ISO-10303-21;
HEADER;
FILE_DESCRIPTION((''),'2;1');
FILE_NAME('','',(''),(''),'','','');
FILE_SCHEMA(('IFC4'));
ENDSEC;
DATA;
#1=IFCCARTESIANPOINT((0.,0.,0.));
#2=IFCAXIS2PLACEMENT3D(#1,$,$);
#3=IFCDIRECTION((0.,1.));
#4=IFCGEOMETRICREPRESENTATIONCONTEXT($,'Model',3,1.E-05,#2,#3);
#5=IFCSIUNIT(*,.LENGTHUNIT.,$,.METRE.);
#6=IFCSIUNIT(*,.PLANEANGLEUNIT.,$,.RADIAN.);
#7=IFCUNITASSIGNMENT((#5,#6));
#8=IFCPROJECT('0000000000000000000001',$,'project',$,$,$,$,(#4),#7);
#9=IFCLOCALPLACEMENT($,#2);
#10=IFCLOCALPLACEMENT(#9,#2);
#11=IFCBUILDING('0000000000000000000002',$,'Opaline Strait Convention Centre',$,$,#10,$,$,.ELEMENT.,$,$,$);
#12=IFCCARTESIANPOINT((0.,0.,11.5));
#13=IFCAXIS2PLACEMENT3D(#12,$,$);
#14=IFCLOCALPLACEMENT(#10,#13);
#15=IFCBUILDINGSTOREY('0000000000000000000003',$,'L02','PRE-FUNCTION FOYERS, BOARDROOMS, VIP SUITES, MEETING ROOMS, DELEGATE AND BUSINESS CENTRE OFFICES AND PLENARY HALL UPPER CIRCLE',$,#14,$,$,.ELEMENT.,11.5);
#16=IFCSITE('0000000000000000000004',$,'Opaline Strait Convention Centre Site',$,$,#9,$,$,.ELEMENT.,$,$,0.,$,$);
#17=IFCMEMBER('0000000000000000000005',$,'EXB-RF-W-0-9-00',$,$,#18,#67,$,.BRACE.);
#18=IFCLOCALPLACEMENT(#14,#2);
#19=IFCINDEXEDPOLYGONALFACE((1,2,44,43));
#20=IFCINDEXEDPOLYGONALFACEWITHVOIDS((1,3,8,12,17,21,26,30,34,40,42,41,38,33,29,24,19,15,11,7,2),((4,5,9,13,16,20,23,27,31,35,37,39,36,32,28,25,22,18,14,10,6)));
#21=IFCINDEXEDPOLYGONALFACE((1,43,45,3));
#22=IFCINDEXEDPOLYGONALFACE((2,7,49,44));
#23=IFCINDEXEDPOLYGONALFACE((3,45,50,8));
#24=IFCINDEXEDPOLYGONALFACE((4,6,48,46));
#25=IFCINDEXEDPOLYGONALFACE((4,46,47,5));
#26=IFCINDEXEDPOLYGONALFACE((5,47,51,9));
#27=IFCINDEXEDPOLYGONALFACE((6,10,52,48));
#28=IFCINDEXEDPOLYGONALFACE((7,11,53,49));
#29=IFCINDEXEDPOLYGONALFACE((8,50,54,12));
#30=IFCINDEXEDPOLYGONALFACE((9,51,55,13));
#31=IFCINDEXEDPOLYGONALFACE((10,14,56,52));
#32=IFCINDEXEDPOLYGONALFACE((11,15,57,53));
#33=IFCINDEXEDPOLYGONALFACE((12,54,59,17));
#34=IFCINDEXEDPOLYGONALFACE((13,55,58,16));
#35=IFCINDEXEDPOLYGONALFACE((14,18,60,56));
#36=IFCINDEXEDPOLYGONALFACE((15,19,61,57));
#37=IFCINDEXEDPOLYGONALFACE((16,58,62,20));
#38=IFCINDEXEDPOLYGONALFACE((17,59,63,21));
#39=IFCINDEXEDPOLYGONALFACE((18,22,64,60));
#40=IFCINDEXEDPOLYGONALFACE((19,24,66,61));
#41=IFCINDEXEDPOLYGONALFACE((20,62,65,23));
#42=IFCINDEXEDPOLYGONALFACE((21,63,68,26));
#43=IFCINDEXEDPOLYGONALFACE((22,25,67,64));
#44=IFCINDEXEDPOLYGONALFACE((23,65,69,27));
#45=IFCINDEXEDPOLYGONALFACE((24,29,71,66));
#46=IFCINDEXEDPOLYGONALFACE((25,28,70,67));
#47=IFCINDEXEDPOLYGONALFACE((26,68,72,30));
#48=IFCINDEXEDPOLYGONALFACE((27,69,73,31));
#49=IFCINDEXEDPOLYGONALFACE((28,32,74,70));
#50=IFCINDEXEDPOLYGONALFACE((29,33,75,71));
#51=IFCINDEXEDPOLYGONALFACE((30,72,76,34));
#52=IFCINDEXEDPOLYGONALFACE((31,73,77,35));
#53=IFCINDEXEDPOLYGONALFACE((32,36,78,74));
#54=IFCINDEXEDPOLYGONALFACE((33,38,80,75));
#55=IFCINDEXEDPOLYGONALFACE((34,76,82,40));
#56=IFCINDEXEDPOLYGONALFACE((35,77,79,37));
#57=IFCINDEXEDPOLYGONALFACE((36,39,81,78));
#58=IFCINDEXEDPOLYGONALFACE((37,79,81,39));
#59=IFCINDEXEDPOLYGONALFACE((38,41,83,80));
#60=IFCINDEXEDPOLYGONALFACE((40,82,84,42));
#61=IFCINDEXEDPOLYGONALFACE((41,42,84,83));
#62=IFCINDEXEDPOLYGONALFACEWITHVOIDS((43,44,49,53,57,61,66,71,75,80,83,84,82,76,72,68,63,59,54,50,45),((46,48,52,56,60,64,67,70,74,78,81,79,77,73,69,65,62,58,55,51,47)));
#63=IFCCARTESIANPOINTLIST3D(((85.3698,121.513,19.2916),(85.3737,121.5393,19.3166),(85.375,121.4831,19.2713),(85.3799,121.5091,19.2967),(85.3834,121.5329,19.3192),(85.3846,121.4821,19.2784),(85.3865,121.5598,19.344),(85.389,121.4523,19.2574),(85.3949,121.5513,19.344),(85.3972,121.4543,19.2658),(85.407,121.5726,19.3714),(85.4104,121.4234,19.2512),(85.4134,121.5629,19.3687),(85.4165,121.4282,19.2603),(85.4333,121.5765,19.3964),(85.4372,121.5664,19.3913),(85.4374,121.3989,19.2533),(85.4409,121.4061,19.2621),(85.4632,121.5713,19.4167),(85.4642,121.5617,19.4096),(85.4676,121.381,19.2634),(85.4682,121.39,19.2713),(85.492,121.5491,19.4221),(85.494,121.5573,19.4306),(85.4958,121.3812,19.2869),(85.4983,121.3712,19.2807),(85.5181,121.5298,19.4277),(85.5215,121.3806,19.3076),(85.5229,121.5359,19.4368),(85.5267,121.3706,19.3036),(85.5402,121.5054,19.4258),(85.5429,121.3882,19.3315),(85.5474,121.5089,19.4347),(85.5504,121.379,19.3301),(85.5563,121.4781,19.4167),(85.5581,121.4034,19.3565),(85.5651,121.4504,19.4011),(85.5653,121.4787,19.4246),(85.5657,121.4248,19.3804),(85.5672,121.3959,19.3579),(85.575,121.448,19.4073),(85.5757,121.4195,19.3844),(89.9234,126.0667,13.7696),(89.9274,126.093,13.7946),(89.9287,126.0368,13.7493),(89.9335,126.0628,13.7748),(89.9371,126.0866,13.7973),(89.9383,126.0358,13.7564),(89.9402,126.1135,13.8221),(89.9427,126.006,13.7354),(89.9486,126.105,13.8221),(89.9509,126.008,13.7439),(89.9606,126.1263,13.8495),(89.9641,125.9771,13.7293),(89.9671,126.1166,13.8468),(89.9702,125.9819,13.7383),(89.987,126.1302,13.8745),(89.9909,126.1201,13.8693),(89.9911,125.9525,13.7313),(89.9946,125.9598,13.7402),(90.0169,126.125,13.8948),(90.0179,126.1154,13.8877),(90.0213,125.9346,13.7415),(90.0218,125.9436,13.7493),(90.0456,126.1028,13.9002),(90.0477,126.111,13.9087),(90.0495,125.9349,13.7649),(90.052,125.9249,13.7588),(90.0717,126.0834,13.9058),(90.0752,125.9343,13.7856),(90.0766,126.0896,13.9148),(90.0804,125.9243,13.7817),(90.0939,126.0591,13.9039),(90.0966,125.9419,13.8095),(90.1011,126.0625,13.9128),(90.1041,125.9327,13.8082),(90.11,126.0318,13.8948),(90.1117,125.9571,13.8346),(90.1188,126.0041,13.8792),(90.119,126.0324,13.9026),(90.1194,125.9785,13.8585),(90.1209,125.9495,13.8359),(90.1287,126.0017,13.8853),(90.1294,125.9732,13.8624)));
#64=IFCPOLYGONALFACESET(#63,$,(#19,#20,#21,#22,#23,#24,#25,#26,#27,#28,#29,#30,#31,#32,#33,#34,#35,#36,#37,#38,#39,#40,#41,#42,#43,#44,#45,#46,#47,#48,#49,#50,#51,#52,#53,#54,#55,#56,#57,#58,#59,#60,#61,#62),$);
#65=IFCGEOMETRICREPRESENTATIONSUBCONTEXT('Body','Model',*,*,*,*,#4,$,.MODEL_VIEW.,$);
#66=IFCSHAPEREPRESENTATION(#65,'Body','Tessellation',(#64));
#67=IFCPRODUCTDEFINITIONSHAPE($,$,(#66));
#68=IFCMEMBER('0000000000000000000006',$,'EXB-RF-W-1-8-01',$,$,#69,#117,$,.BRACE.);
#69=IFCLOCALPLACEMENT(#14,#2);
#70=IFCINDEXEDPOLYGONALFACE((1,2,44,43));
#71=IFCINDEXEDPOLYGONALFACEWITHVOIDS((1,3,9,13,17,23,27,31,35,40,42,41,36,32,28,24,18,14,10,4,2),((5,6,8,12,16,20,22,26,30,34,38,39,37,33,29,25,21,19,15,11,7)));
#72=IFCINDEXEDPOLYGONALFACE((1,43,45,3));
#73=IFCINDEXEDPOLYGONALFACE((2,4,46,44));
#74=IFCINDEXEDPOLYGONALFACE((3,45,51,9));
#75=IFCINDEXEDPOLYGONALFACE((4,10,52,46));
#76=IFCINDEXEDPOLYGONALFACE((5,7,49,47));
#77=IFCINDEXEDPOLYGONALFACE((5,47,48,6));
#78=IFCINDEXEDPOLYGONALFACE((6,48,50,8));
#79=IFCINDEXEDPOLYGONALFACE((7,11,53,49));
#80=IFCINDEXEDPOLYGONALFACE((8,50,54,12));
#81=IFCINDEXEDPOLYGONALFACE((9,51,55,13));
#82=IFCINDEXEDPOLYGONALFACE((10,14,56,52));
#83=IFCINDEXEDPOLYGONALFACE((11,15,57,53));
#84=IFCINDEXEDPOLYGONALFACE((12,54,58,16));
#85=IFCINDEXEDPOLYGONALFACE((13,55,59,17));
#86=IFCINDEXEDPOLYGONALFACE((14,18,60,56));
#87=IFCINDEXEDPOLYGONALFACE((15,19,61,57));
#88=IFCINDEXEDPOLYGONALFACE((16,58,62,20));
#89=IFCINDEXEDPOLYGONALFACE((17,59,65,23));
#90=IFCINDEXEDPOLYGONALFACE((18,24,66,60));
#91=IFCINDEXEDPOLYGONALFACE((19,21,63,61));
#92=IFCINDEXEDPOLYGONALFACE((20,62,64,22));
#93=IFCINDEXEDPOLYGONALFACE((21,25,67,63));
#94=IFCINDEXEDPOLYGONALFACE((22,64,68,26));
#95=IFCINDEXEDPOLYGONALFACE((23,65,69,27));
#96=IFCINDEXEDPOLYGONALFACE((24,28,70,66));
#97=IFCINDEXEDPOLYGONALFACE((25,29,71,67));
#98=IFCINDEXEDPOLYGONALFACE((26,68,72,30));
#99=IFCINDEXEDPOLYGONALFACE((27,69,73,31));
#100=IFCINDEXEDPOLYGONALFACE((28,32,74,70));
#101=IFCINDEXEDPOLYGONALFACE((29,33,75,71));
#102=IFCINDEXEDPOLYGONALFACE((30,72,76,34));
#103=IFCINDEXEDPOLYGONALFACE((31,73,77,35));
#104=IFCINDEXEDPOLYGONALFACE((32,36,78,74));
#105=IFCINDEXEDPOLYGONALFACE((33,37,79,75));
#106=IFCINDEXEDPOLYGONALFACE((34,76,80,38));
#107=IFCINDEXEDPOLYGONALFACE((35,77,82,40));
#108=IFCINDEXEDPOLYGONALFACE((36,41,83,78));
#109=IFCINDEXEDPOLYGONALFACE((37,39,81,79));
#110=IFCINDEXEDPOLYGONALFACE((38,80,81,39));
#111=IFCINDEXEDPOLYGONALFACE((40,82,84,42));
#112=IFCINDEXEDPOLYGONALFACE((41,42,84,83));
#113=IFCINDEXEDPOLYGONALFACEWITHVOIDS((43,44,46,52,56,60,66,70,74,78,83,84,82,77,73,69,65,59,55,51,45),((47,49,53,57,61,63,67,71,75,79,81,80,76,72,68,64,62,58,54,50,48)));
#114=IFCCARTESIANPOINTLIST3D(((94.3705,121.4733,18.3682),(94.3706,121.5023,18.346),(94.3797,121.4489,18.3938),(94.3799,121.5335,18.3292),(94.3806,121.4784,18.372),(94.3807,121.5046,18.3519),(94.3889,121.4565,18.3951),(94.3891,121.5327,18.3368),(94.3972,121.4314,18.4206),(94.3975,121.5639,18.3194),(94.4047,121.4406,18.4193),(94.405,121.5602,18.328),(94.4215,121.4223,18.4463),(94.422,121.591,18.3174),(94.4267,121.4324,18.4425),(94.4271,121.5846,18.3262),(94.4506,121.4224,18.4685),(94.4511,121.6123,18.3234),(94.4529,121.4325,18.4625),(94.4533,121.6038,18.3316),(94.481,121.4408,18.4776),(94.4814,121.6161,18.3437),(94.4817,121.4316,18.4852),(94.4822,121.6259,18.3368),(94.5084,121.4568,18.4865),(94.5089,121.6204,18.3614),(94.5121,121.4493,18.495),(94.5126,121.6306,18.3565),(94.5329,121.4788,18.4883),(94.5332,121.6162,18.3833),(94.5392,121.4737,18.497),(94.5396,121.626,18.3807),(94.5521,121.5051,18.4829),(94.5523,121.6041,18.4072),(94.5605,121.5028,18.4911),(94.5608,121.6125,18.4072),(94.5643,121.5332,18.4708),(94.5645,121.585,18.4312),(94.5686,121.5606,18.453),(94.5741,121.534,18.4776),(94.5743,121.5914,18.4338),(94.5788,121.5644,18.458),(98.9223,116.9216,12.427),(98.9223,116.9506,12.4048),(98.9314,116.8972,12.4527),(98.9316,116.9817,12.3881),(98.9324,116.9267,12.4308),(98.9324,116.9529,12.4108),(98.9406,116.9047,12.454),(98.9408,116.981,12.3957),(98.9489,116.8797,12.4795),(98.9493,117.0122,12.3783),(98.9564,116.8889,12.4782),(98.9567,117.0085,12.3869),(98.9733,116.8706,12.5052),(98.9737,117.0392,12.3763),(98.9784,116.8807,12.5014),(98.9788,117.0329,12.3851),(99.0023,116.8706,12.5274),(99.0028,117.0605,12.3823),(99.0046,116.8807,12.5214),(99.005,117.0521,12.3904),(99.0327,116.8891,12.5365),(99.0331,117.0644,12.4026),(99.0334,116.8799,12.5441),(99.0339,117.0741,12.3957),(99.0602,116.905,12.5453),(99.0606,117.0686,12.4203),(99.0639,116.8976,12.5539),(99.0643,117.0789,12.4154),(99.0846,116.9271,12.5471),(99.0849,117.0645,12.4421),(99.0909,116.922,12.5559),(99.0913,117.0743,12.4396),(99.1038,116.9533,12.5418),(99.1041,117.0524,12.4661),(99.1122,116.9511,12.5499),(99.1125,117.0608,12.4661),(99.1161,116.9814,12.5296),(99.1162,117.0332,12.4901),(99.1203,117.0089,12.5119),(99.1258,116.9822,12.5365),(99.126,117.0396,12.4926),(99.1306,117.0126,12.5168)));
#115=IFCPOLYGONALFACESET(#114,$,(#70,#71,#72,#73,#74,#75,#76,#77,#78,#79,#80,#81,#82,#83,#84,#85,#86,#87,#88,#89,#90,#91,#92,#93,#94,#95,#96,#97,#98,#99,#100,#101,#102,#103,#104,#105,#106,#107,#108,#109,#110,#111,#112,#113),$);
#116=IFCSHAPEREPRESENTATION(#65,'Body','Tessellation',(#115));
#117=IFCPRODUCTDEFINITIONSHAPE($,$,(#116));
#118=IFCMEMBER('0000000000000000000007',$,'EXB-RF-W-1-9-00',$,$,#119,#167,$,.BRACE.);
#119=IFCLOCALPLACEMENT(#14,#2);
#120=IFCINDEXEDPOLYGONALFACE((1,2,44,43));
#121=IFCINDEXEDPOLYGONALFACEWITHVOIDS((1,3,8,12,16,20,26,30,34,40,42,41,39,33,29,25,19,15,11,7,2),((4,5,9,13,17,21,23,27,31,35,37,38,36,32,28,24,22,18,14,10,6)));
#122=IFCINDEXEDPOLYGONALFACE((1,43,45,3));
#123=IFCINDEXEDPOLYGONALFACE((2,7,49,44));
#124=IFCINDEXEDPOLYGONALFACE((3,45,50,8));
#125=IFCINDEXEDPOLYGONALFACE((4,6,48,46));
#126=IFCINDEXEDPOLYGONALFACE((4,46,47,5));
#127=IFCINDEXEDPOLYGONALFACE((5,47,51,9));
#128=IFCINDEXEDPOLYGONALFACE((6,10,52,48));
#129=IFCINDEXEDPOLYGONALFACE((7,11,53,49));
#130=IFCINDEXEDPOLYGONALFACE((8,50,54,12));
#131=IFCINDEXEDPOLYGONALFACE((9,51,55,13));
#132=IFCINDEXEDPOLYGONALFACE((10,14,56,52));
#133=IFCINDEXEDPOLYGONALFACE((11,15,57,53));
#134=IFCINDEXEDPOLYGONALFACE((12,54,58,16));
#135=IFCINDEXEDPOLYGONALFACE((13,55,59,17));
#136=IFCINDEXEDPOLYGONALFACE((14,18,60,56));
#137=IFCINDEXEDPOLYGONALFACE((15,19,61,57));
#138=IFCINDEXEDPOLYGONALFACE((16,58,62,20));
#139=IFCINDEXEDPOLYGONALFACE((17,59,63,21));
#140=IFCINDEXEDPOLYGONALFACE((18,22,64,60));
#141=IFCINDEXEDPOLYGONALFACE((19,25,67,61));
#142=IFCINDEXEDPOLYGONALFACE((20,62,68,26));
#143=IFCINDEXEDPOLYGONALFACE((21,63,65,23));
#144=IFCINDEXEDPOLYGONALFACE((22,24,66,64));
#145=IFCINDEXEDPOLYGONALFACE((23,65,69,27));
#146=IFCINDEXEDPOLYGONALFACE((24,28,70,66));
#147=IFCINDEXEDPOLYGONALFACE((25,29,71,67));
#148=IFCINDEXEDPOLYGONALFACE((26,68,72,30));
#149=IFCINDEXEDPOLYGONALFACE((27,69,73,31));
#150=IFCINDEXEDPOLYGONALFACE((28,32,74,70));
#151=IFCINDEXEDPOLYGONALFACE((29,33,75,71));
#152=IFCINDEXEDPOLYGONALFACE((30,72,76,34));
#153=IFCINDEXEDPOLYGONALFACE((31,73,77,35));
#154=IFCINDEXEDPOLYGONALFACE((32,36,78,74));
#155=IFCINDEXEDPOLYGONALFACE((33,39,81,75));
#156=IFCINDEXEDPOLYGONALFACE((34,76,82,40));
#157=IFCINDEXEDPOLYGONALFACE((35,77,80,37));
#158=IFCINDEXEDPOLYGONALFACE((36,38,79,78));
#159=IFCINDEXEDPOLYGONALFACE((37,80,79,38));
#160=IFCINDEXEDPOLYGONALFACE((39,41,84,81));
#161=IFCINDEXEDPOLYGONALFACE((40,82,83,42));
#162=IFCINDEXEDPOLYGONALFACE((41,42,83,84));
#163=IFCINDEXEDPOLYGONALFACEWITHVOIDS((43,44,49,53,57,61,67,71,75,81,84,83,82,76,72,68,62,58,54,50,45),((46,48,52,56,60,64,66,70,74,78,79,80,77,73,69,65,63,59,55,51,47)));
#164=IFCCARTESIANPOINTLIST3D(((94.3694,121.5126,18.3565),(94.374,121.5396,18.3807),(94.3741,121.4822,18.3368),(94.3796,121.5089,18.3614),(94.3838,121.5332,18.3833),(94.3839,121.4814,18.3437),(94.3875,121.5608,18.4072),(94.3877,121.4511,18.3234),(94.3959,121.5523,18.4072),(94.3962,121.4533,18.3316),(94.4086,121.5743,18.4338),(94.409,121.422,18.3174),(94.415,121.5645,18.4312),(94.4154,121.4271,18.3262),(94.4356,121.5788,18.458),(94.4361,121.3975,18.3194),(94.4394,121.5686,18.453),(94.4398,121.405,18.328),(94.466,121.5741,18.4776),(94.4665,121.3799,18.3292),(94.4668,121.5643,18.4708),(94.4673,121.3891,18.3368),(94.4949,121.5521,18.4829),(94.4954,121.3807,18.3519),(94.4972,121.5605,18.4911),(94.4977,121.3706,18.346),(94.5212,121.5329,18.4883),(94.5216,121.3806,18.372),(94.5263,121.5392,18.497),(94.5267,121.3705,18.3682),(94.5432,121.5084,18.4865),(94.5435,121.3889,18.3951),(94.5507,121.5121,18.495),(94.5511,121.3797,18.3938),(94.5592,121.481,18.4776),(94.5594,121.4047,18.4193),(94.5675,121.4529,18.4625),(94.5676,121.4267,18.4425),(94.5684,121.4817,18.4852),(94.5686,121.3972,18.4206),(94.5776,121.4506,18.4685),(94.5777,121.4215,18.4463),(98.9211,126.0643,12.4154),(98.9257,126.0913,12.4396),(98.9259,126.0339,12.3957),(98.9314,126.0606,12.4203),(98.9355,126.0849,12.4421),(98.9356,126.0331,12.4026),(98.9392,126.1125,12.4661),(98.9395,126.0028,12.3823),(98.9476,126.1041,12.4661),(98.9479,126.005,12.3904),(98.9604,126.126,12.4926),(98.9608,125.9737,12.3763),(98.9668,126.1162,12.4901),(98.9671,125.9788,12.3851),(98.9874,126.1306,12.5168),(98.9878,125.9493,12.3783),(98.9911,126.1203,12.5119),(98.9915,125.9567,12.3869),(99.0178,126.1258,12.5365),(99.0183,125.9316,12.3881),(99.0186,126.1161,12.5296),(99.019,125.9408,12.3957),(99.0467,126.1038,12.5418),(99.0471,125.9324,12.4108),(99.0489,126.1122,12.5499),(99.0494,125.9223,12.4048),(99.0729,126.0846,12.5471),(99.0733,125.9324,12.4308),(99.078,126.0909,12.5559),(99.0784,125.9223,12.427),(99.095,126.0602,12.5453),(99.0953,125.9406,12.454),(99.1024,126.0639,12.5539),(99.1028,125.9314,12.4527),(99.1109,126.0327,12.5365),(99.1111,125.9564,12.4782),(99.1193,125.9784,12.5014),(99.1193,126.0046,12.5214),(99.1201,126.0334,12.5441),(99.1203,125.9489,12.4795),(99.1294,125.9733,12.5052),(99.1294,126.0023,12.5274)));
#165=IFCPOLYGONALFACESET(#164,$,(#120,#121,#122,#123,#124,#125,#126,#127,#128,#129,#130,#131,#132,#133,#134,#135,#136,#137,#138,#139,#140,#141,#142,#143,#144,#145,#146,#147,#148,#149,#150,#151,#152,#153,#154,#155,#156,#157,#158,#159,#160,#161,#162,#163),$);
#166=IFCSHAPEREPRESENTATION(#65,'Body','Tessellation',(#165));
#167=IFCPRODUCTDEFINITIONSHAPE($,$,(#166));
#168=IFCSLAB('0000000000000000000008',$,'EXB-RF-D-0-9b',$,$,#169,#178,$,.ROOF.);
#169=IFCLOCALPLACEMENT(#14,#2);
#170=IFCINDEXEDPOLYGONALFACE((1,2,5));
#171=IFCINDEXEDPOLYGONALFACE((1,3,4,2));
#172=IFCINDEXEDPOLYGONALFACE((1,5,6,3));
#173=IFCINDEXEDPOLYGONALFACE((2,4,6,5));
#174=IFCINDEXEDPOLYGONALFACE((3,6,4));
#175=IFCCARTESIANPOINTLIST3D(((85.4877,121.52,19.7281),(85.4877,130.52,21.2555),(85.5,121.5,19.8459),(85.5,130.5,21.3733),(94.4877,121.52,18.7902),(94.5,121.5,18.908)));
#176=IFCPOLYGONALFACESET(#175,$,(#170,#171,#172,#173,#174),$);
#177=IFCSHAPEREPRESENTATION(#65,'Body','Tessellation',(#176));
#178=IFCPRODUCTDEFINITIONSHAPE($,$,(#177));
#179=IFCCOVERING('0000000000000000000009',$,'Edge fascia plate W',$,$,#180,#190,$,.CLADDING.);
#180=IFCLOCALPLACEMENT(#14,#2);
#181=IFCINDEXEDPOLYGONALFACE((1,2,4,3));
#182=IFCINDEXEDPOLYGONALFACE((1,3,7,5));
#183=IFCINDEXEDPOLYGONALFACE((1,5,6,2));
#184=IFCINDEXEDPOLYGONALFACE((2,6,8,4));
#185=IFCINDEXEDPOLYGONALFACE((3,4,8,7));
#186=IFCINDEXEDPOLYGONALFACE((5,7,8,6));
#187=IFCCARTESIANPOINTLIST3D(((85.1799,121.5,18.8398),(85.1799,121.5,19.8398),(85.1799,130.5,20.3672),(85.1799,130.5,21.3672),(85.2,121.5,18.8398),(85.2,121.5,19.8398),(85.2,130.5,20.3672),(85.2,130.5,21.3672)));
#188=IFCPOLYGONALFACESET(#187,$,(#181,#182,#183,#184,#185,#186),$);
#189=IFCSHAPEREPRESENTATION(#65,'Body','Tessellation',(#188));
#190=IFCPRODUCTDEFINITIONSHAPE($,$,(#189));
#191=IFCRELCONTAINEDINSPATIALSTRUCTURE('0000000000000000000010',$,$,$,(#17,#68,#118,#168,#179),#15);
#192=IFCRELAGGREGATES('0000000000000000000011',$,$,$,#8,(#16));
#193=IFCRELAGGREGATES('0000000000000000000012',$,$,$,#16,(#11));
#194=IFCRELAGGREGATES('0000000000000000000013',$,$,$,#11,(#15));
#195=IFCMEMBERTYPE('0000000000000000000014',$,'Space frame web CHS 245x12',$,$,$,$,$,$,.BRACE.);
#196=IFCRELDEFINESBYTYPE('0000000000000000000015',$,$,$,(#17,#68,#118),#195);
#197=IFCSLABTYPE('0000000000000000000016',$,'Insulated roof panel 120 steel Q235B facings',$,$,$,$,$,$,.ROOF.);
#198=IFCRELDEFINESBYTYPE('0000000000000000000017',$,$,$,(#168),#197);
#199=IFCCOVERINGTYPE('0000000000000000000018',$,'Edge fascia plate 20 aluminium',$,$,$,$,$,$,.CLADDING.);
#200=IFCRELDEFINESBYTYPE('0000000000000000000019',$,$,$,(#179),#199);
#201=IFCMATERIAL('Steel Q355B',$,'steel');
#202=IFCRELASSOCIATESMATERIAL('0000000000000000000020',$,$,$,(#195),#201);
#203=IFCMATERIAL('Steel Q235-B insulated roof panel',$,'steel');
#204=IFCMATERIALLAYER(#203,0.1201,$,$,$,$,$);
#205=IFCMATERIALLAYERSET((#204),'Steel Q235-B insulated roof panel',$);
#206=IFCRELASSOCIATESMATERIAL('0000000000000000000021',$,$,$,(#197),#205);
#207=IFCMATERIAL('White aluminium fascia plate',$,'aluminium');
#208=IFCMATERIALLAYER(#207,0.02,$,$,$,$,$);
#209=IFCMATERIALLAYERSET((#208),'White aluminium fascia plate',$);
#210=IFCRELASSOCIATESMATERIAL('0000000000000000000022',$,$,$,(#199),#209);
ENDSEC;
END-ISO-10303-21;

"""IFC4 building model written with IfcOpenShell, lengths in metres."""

from ifc_helpers import new_model, si_unit, direction, frame, origin, origin_2d, place, context, subcontext, project, spatial, polyline, hollow_circle, outline, extrude, material, layer, layer_set, material_profile, profile_set, type_object, element, save


model = new_model("IFC4")

# Units and contexts
model_context = context("Model", 3, precision=1e-05, world=origin(), true_north=direction((0.0, 1.0)))
body_context = subcontext(model_context, "Body", "Model", "MODEL_VIEW")
ifc_project = project(units=[si_unit("LENGTHUNIT", "METRE"), si_unit("PLANEANGLEUNIT", "RADIAN")], contexts=[model_context])

# Site, building, storey
site_placement = place(None, origin())
site = spatial("IfcSite", under=ifc_project, at=site_placement, Name="Opaline Strait Convention Centre Site", CompositionType="ELEMENT", RefElevation=0.0)
building_placement = place(site_placement, origin())
building = spatial("IfcBuilding", under=site, at=building_placement, Name="Opaline Strait Convention Centre", CompositionType="ELEMENT")
storey_placement = place(building_placement, frame((0.0, 0.0, 11.5)))
storey = spatial("IfcBuildingStorey", under=building, at=storey_placement, Name="L02", Description="PRE-FUNCTION FOYERS, BOARDROOMS, VIP SUITES, MEETING ROOMS, DELEGATE AND BUSINESS CENTRE OFFICES AND PLENARY HALL UPPER CIRCLE", CompositionType="ELEMENT", Elevation=11.5)

# Members
ifc_material_1 = material(Name="Steel Q355B", Category="steel")
ifc_material_profile_1 = material_profile(ifc_material_1, hollow_circle(Radius=0.1226, WallThickness=0.012, at=origin_2d()), Name="CHS 245x12")
ifc_profile_set_1 = profile_set([ifc_material_profile_1], Name="Steel Q355B")
member_type_1 = type_object("IfcMemberType", Name="Space frame web CHS 245x12", PredefinedType="BRACE", material=ifc_profile_set_1)
member_1_placement = place(storey_placement, frame((85.4731, 121.4731, 19.344), z_axis=(0.536791, 0.536791, -0.65093), x_axis=(-0.707107, 0.707107, 0.0)))
element("IfcMember", 1, at=member_1_placement, inside=storey, type_object=member_type_1, Name="EXB-RF-W-0-9-00", PredefinedType="BRACE", context=body_context, shape_type="SweptSolid", body=[
    extrude(hollow_circle(Radius=0.1226, WallThickness=0.012, at=origin_2d()), origin(), (0.0, 0.0, 1.0), 8.4832),
])
for number, where, z_axis, x_axis, name in (
    (2, (94.4741, 121.5259, 18.4072), (0.519618, -0.519618, -0.678229), (0.707107, 0.707107, 0.0), "EXB-RF-W-1-8-01"),
    (3, (94.4741, 121.4741, 18.4072), (0.519618, 0.519618, -0.678229), (-0.707107, 0.707107, 0.0), "EXB-RF-W-1-9-00"),
):
    element("IfcMember", number, at=place(storey_placement, frame(where, z_axis=z_axis, x_axis=x_axis)), inside=storey, type_object=member_type_1, Name=name, PredefinedType="BRACE", context=body_context, shape_type="SweptSolid", body=[
        extrude(hollow_circle(Radius=0.1226, WallThickness=0.012, at=origin_2d()), origin(), (0.0, 0.0, 1.0), 8.7598),
    ])

# Slab
ifc_material_2 = material(Name="Steel Q235-B insulated roof panel", Category="steel")
ifc_layer_1 = layer(ifc_material_2, 0.1201)
ifc_layer_set_1 = layer_set([ifc_layer_1], Name="Steel Q235-B insulated roof panel")
slab_type = type_object("IfcSlabType", Name="Insulated roof panel 120 steel Q235B facings", PredefinedType="ROOF", material=ifc_layer_set_1)
slab_placement = place(storey_placement, frame((85.5, 121.5, 19.8459), z_axis=(0.102214, -0.166436, 0.98074), x_axis=(0.994613, 0.0, -0.103659)))
element("IfcSlab", 4, at=slab_placement, inside=storey, type_object=slab_type, Name="EXB-RF-D-0-9b", PredefinedType="ROOF", context=body_context, shape_type="SweptSolid", body=[
    extrude(outline(polyline([(0.0, 0.0), (9.0487, 0.0), (-0.1583, 9.1273), (0.0, 0.0)])), origin(), (0.0, 0.0, -1.0), 0.1201),
])

# Covering
ifc_material_3 = material(Name="White aluminium fascia plate", Category="aluminium")
ifc_layer_2 = layer(ifc_material_3, 0.02)
ifc_layer_set_2 = layer_set([ifc_layer_2], Name="White aluminium fascia plate")
covering_type_1 = type_object("IfcCoveringType", Name="Edge fascia plate 20 aluminium", PredefinedType="CLADDING", material=ifc_layer_set_2)
covering_1_placement = place(storey_placement, frame((85.2, 126.0, 20.1035), z_axis=(-1.0, 0.0, 0.0), x_axis=(0.0, -1.0, 0.0)))
element("IfcCovering", 5, at=covering_1_placement, inside=storey, type_object=covering_type_1, Name="Edge fascia plate W", PredefinedType="CLADDING", context=body_context, shape_type="SweptSolid", body=[
    extrude(outline(polyline([(-4.5, 1.2637), (4.5, -0.2637), (4.5, -1.2637), (-4.5, 0.2637), (-4.5, 1.2637)])), origin(), (0.0, 0.0, 1.0), 0.02),
])

save(model, "model.ifc")
